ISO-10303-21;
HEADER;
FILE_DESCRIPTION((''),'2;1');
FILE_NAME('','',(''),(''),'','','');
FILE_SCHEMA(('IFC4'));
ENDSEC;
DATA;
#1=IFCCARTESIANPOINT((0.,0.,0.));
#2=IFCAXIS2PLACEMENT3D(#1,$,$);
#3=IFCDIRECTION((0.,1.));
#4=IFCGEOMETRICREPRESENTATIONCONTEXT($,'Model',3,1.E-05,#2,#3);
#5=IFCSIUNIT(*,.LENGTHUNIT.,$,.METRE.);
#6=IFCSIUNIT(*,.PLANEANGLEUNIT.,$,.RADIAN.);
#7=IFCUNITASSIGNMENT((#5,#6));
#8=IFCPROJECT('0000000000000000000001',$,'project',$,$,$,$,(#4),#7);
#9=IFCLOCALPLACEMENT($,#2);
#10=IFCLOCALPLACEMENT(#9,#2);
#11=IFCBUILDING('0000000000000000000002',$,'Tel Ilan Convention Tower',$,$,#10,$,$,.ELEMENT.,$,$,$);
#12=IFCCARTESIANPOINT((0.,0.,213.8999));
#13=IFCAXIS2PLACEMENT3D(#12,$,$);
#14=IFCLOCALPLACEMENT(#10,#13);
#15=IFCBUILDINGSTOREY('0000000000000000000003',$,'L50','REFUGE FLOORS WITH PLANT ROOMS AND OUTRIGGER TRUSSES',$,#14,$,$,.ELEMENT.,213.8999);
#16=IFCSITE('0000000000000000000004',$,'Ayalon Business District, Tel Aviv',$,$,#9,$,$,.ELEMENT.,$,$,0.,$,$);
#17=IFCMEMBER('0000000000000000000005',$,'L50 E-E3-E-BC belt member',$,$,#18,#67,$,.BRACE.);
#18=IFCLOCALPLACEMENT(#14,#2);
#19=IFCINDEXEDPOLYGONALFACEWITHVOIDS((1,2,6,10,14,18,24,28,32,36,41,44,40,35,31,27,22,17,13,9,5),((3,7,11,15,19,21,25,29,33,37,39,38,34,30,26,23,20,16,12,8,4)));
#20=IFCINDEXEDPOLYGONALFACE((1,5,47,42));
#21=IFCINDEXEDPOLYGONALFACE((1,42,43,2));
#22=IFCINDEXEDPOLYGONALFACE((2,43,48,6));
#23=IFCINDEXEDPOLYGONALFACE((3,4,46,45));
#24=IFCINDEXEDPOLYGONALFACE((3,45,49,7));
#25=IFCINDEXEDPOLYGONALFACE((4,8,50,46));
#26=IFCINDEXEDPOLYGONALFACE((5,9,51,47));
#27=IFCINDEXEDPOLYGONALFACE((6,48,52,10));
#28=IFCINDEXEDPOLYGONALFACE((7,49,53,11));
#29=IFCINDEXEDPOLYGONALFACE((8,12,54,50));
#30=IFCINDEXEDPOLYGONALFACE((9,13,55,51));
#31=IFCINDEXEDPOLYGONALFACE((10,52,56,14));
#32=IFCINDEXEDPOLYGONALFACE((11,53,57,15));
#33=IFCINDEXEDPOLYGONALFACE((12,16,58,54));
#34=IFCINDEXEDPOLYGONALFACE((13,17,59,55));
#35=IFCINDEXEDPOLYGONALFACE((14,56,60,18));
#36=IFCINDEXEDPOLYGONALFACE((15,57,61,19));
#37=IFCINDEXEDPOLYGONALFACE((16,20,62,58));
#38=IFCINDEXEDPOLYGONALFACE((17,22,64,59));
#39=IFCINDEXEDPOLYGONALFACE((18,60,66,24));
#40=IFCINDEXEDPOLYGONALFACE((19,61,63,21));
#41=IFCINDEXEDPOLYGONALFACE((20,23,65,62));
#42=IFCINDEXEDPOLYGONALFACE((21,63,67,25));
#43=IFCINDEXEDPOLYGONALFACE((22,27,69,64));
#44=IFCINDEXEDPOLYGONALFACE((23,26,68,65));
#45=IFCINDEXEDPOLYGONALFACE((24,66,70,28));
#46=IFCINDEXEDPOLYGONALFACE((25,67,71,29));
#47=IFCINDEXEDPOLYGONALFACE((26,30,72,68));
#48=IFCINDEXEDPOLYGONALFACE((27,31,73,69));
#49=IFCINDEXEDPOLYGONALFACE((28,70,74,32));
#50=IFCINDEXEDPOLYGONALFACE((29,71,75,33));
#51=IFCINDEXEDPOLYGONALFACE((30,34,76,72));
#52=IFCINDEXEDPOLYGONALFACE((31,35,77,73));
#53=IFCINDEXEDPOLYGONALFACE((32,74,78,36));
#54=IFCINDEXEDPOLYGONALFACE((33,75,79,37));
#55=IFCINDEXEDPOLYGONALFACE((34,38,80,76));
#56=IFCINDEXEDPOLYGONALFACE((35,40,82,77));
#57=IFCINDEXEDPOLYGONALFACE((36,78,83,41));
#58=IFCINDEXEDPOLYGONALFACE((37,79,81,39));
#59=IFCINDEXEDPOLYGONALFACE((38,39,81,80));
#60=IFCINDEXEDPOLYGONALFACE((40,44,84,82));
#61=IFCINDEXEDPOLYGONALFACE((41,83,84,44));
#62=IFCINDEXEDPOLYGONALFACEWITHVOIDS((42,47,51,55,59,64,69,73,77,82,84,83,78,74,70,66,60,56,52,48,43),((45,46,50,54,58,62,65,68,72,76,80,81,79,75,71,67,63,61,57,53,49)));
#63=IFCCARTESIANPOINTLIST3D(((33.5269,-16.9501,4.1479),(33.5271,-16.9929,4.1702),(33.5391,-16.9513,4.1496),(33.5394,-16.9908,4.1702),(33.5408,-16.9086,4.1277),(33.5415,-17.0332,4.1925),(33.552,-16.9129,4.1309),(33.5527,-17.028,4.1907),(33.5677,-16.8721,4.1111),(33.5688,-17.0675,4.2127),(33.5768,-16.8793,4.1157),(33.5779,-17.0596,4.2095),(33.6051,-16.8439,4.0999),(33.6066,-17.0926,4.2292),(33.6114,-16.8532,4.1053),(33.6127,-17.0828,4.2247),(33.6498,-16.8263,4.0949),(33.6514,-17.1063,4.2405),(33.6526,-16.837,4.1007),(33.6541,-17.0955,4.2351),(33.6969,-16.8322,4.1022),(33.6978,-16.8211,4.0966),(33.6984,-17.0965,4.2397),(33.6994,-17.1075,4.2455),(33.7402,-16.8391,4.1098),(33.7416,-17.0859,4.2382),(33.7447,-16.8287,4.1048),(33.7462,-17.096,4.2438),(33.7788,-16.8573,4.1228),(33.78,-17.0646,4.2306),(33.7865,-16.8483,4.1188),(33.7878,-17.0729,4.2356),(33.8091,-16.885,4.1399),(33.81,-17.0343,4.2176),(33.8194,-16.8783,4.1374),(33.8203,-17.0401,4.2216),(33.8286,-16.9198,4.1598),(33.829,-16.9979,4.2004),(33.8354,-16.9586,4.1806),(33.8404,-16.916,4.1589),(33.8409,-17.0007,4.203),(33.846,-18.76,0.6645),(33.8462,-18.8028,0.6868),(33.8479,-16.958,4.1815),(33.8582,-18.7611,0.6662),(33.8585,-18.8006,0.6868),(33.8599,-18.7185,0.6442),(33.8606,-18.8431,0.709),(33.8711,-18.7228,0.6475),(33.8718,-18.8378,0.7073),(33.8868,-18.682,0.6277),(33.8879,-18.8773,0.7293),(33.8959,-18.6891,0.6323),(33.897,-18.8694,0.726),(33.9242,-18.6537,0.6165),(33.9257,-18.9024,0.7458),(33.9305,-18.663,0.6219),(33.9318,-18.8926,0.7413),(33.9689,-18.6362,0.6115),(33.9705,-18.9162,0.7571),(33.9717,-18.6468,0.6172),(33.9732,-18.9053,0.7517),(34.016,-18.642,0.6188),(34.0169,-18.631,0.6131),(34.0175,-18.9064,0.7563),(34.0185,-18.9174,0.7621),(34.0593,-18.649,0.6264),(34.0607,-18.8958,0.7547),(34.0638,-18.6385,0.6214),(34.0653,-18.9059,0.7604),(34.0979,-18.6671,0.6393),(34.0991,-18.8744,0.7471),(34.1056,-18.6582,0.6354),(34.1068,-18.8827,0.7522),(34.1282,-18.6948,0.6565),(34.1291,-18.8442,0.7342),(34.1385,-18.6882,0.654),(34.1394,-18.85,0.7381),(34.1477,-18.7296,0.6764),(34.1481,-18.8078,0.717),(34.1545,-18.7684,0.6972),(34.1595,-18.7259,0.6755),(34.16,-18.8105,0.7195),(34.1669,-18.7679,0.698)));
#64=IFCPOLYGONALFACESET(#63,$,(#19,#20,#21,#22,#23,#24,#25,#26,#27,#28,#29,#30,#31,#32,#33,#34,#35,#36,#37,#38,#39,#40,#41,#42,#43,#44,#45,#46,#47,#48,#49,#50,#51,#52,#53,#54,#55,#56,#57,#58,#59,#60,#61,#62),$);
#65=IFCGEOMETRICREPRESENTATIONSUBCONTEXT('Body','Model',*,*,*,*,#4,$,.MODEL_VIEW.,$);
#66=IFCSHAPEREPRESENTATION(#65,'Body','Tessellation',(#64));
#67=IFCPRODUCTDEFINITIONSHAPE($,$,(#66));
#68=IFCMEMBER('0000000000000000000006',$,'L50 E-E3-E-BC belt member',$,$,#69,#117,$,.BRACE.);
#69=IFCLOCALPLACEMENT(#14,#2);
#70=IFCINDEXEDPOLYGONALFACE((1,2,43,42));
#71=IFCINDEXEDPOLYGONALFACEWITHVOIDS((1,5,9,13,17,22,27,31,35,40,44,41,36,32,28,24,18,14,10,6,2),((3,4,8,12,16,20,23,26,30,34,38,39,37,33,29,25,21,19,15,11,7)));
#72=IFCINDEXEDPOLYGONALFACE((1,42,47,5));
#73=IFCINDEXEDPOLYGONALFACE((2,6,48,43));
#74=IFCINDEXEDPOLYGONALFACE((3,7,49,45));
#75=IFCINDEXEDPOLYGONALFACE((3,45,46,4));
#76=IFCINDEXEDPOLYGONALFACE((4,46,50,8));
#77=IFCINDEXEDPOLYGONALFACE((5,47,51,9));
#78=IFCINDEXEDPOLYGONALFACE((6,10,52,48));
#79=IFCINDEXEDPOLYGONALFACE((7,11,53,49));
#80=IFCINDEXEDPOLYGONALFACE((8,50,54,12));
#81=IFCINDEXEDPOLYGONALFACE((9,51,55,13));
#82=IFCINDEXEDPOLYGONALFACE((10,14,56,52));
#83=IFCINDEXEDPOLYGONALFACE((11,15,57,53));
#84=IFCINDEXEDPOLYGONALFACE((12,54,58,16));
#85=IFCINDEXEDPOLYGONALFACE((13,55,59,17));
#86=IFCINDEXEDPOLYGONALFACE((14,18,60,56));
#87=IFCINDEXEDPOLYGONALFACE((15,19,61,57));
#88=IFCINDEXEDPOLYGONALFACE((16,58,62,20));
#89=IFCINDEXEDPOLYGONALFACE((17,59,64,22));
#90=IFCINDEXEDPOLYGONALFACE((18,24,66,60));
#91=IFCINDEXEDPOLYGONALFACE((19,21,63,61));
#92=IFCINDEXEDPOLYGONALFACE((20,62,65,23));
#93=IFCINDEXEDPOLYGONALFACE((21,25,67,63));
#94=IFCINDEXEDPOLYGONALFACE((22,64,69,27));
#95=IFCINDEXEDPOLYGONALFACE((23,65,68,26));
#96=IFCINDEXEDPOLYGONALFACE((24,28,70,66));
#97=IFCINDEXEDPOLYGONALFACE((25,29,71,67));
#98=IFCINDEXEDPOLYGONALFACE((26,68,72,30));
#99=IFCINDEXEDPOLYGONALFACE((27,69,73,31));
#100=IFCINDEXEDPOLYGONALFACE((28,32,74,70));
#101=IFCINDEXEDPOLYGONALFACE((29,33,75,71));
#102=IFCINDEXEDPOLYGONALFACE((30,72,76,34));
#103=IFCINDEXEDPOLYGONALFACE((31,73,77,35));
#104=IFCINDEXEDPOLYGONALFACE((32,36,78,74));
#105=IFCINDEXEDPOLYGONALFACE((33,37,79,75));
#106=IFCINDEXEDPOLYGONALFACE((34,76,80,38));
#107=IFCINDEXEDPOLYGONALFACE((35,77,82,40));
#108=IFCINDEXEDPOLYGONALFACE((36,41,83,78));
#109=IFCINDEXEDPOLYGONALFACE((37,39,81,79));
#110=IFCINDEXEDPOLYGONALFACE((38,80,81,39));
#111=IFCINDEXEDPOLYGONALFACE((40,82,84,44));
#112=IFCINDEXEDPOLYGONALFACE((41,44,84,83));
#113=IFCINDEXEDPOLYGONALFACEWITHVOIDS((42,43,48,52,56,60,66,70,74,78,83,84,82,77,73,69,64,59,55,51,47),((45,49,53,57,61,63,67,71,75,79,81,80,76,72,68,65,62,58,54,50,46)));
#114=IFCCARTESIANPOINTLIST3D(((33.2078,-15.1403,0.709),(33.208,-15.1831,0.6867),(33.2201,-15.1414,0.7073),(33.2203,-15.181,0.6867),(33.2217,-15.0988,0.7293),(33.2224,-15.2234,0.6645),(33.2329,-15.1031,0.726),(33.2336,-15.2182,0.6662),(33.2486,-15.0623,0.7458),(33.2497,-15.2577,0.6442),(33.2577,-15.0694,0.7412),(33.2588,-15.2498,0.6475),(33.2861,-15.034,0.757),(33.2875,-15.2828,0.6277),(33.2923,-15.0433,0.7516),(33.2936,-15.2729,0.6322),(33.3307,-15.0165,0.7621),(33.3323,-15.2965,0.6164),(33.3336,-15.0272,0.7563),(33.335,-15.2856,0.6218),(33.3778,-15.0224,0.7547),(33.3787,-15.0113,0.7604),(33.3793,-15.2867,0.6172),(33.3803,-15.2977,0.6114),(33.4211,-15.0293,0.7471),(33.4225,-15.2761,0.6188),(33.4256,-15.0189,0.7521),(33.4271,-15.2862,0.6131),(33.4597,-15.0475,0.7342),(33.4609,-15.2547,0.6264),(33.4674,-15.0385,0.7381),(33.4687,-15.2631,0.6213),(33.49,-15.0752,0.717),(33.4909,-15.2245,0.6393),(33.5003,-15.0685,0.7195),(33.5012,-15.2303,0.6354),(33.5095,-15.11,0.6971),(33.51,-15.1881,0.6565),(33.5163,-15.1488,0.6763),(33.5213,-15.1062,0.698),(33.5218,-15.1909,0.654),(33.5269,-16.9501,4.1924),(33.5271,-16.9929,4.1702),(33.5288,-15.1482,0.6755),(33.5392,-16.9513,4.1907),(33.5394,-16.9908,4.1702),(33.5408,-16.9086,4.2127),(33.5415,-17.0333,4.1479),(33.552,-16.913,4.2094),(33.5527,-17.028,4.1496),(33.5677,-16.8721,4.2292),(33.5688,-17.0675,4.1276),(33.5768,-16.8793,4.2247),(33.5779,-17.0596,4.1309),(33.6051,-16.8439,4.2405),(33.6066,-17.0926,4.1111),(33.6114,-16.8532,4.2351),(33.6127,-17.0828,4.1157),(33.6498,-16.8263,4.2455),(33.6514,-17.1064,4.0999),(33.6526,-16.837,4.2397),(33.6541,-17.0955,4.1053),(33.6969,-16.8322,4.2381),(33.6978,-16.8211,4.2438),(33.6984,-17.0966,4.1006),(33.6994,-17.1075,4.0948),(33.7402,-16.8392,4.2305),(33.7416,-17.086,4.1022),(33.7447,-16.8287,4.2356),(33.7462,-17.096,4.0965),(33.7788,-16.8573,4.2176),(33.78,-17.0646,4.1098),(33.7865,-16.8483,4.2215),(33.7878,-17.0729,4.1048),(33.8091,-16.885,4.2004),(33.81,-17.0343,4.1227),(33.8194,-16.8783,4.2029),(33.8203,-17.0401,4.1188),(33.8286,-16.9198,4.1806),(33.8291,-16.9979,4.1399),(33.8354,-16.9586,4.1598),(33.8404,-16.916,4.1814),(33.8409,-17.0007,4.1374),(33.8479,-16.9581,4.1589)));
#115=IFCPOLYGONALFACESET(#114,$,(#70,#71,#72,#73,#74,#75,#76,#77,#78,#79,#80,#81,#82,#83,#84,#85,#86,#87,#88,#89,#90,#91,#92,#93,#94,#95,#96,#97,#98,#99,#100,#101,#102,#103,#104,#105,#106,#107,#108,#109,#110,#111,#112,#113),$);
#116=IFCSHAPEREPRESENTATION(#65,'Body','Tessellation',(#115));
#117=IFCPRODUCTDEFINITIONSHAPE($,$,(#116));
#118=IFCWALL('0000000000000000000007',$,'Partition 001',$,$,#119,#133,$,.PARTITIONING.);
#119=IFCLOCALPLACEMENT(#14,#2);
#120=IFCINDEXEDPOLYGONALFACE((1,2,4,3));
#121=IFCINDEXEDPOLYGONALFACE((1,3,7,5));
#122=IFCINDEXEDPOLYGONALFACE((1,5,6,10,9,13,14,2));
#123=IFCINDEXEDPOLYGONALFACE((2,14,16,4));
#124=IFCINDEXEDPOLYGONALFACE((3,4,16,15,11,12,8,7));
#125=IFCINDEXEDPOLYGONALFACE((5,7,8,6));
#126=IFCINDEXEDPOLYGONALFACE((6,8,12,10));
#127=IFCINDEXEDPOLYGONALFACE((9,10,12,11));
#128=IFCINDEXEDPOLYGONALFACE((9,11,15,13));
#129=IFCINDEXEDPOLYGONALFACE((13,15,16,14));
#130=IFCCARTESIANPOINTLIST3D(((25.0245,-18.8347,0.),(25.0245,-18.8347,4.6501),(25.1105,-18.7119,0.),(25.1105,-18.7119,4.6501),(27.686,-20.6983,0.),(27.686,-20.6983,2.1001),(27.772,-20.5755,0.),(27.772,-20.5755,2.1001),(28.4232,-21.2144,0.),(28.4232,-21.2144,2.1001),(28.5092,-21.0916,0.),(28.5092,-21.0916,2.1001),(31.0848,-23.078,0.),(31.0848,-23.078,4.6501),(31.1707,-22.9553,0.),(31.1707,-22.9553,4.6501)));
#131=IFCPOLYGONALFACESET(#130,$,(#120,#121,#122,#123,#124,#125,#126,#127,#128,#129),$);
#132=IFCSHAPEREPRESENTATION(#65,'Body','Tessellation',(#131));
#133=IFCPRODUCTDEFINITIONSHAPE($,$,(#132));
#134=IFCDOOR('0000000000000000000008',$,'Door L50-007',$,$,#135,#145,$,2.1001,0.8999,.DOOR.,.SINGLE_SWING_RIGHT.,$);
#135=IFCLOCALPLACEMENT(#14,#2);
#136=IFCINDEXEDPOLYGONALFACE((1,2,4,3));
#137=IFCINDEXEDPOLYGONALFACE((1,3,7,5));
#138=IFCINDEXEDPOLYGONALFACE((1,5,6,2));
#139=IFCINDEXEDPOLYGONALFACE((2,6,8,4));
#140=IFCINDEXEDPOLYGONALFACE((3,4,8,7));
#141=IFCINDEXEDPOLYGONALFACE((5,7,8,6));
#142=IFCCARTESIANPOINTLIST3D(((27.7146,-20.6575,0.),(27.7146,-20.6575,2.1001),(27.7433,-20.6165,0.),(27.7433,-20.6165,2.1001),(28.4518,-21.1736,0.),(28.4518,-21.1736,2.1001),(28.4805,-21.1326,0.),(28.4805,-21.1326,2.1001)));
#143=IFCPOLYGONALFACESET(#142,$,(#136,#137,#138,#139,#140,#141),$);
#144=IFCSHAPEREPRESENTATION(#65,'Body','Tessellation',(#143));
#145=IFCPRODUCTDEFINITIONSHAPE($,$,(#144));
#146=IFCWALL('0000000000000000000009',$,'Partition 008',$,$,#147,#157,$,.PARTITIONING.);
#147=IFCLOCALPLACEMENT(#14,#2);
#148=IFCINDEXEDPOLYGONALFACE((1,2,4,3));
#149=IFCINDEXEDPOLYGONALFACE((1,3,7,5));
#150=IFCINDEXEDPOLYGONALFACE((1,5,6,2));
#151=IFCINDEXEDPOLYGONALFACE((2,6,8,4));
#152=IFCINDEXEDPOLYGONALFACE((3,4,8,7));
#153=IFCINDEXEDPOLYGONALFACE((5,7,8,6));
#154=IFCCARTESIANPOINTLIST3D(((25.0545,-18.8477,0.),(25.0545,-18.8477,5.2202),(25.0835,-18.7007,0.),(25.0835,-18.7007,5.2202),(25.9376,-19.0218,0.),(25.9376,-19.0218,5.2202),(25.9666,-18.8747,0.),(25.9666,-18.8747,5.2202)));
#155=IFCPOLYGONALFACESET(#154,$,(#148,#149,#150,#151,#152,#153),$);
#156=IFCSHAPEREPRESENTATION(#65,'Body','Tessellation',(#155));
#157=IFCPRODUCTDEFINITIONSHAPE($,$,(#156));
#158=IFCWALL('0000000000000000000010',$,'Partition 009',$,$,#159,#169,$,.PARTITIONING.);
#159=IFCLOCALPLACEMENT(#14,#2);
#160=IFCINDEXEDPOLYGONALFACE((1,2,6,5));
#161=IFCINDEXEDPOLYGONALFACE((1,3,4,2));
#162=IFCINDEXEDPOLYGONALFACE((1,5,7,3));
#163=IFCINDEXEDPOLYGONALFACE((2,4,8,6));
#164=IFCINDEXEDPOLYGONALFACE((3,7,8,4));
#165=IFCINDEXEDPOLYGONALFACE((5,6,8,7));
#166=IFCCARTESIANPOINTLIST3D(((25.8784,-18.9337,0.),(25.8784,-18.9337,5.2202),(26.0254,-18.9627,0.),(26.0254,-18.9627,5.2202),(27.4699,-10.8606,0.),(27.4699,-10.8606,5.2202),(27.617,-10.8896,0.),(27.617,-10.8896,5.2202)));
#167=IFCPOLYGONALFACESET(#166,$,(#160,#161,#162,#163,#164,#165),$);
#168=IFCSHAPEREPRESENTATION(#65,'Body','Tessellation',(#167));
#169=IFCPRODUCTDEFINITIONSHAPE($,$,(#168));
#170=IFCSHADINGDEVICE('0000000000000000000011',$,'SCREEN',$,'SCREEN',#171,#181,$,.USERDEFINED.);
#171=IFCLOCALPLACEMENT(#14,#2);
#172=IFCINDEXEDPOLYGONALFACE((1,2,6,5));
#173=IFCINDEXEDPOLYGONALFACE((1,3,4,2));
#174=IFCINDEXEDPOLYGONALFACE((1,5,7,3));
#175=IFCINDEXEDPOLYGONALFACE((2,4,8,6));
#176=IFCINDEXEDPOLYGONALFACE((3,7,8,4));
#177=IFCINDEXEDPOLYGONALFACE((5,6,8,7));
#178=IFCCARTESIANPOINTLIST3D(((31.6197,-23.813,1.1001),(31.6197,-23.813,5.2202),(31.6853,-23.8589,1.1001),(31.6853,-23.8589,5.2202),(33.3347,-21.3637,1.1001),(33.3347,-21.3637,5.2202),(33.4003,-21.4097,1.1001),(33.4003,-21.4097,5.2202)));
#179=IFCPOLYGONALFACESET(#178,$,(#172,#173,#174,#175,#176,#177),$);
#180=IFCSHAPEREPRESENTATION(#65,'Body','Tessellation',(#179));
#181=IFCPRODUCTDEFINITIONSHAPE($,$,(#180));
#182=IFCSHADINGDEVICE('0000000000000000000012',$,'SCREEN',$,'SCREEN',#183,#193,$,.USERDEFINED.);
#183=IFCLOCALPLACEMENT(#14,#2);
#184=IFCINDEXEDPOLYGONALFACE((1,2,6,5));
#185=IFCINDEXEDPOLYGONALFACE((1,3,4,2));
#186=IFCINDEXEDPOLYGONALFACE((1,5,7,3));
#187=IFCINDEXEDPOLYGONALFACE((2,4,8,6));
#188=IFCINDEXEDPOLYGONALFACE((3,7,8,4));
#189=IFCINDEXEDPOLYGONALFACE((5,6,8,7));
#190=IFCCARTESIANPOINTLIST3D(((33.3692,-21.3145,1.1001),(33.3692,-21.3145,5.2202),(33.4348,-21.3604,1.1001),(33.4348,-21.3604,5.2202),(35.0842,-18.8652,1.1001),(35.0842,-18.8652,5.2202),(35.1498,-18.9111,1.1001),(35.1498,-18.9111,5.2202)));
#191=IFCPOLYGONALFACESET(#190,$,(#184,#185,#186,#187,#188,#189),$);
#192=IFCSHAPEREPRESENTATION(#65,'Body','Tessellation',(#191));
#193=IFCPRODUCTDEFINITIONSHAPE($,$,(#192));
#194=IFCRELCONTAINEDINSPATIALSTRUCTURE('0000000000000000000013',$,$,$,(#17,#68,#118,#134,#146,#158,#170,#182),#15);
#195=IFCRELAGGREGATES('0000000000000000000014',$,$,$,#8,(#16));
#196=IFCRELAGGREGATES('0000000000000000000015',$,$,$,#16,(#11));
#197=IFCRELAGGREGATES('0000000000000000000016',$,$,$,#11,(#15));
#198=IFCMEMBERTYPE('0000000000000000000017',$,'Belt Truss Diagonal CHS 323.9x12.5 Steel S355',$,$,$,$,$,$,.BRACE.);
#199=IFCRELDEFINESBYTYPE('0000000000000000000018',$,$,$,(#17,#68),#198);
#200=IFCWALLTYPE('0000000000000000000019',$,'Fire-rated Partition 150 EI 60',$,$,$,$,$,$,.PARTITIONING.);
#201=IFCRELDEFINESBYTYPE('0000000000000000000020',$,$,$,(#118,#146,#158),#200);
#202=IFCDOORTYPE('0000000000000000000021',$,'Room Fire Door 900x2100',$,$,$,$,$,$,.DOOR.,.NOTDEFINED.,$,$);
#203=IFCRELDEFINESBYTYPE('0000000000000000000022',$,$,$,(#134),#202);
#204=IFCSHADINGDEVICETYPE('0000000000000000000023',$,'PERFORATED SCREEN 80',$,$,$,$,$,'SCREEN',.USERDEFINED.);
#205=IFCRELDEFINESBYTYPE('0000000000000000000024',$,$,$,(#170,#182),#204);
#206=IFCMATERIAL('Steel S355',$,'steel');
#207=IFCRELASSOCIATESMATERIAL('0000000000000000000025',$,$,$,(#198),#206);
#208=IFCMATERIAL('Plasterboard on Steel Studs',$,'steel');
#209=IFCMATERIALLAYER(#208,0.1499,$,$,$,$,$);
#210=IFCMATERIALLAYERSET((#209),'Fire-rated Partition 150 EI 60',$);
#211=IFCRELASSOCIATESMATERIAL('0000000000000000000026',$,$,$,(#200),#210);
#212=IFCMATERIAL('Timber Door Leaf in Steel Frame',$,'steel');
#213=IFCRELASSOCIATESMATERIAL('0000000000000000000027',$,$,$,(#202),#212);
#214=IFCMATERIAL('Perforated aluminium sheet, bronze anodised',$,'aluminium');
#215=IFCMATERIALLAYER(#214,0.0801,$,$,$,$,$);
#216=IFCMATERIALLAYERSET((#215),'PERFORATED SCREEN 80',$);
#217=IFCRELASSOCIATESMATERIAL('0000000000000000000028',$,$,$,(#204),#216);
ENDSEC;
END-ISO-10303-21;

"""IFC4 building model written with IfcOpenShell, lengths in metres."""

from ifc_helpers import new_model, si_unit, direction, frame, frame_2d, origin, origin_2d, place, context, subcontext, project, spatial, rectangle, hollow_circle, extrude, material, layer, layer_set, material_profile, profile_set, type_object, element, fill, save


model = new_model("IFC4")

# Units and contexts
model_context = context("Model", 3, precision=1e-05, world=origin(), true_north=direction((0.0, 1.0)))
body_context = subcontext(model_context, "Body", "Model", "MODEL_VIEW")
ifc_project = project(units=[si_unit("LENGTHUNIT", "METRE"), si_unit("PLANEANGLEUNIT", "RADIAN")], contexts=[model_context])

# Site, building, storey
site_placement = place(None, origin())
site = spatial("IfcSite", under=ifc_project, at=site_placement, Name="Ayalon Business District, Tel Aviv", CompositionType="ELEMENT", RefElevation=0.0)
building_placement = place(site_placement, origin())
building = spatial("IfcBuilding", under=site, at=building_placement, Name="Tel Ilan Convention Tower", CompositionType="ELEMENT")
storey_placement = place(building_placement, frame((0.0, 0.0, 213.8999)))
storey = spatial("IfcBuildingStorey", under=building, at=storey_placement, Name="L50", Description="REFUGE FLOORS WITH PLANT ROOMS AND OUTRIGGER TRUSSES", CompositionType="ELEMENT", Elevation=213.8999)

# Members
ifc_material_1 = material(Name="Steel S355", Category="steel")
ifc_material_profile_1 = material_profile(ifc_material_1, hollow_circle(Radius=0.1619, WallThickness=0.0125, at=origin_2d()), Name="CHS 323.9x12.5")
ifc_profile_set_1 = profile_set([ifc_material_profile_1], Name="Steel S355")
member_type_1 = type_object("IfcMemberType", Name="Belt Truss Diagonal CHS 323.9x12.5 Steel S355", PredefinedType="BRACE", material=ifc_profile_set_1)
for number, where, z_axis, x_axis, name in (
    (1, (34.0056, -18.7747, 0.6868), (-0.08102, 0.459526, 0.884461), (-0.98481, -0.173634, 0.0), "L50 E-E3-E-BC belt member"),
    (2, (33.6865, -16.9648, 4.1702), (-0.08102, 0.459526, -0.884461), (-0.98481, -0.173634, 0.0), "L50 E-E3-E-BC belt member"),
):
    element("IfcMember", number, at=place(storey_placement, frame(where, z_axis=z_axis, x_axis=x_axis)), inside=storey, type_object=member_type_1, Name=name, PredefinedType="BRACE", context=body_context, shape_type="SweptSolid", body=[
        extrude(hollow_circle(Radius=0.1619, WallThickness=0.0125, at=origin_2d()), origin(), (0.0, 0.0, 1.0), 3.9385),
    ])

# Wall, opening, door
ifc_material_2 = material(Name="Plasterboard on Steel Studs", Category="steel")
ifc_layer_1 = layer(ifc_material_2, 0.1499)
ifc_layer_set_1 = layer_set([ifc_layer_1], Name="Fire-rated Partition 150 EI 60")
wall_type = type_object("IfcWallType", Name="Fire-rated Partition 150 EI 60", PredefinedType="PARTITIONING", material=ifc_layer_set_1)
wall_1_placement = place(storey_placement, frame((25.0674, -18.7732, 0.0), z_axis=(0.0, 0.0, 1.0), x_axis=(0.819156, -0.573571, 0.0)))
wall_1 = element("IfcWall", 3, at=wall_1_placement, inside=storey, type_object=wall_type, Name="Partition 001", PredefinedType="PARTITIONING", context=body_context, shape_type="SweptSolid", body=[
    extrude(rectangle(XDim=7.3982, YDim=0.1499, at=frame_2d((3.6992, 0.0))), origin(), (0.0, 0.0, 1.0), 4.6501),
])
opening_placement = place(wall_1_placement, frame((3.2493, 0.0, 0.0)))
opening = element("IfcOpeningElement", 4, at=opening_placement, cuts=wall_1, PredefinedType="OPENING", context=body_context, shape_type="SweptSolid", body=[
    extrude(rectangle(XDim=0.8999, YDim=2.1001, at=frame_2d((0.45, 1.05))), frame((0.0, 0.085, 0.0), z_axis=(0.0, -1.0, 0.0), x_axis=(1.0, 0.0, 0.0)), (0.0, 0.0, 1.0), 0.1699),
])
ifc_material_3 = material(Name="Timber Door Leaf in Steel Frame", Category="steel")
door_type = type_object("IfcDoorType", Name="Room Fire Door 900x2100", OperationType="NOTDEFINED", PredefinedType="DOOR", material=ifc_material_3)
door_placement = place(opening_placement, origin())
door = element("IfcDoor", 5, at=door_placement, inside=storey, type_object=door_type, Name="Door L50-007", OperationType="SINGLE_SWING_RIGHT", OverallHeight=2.1001, OverallWidth=0.8999, PredefinedType="DOOR", context=body_context, shape_type="SweptSolid", body=[
    extrude(rectangle(XDim=0.8999, YDim=2.1001, at=frame_2d((0.45, 1.05))), frame((0.0, 0.0249, 0.0), z_axis=(0.0, -1.0, 0.0), x_axis=(1.0, 0.0, 0.0)), (0.0, 0.0, 1.0), 0.05),
])
fill(opening, door)

# Walls
wall_2_placement = place(storey_placement, frame((25.0688, -18.7742, 0.0), z_axis=(0.0, 0.0, 1.0), x_axis=(0.981119, -0.193403, 0.0)))
element("IfcWall", 6, at=wall_2_placement, inside=storey, type_object=wall_type, Name="Partition 008", PredefinedType="PARTITIONING", context=body_context, shape_type="SweptSolid", body=[
    extrude(rectangle(XDim=0.9001, YDim=0.1499, at=frame_2d((0.4502, 0.0))), origin(), (0.0, 0.0, 1.0), 5.2202),
])
wall_3_placement = place(storey_placement, frame((25.9519, -18.9482, 0.0), z_axis=(0.0, 0.0, 1.0), x_axis=(0.193417, 0.981117, 0.0)))
element("IfcWall", 7, at=wall_3_placement, inside=storey, type_object=wall_type, Name="Partition 009", PredefinedType="PARTITIONING", context=body_context, shape_type="SweptSolid", body=[
    extrude(rectangle(XDim=8.2285, YDim=0.1499, at=frame_2d((4.1143, 0.0))), origin(), (0.0, 0.0, 1.0), 5.2202),
])

# Shading devices
ifc_material_4 = material(Name="Perforated aluminium sheet, bronze anodised", Category="aluminium")
ifc_layer_2 = layer(ifc_material_4, 0.0801)
ifc_layer_set_2 = layer_set([ifc_layer_2], Name="PERFORATED SCREEN 80")
shading_device_type_1 = type_object("IfcShadingDeviceType", Name="PERFORATED SCREEN 80", ElementType="SCREEN", PredefinedType="USERDEFINED", material=ifc_layer_set_2)
for number, where, z_axis, x_axis, name in (
    (8, (32.51, -22.6113, 1.1001), (0.0, 0.0, 1.0), (0.573576, 0.819152, 0.0), "SCREEN"),
    (9, (34.2595, -20.1128, 1.1001), (0.0, 0.0, 1.0), (0.573576, 0.819152, 0.0), "SCREEN"),
):
    element("IfcShadingDevice", number, at=place(storey_placement, frame(where, z_axis=z_axis, x_axis=x_axis)), inside=storey, type_object=shading_device_type_1, Name=name, ObjectType="SCREEN", PredefinedType="USERDEFINED", context=body_context, shape_type="SweptSolid", body=[
        extrude(rectangle(XDim=2.99, YDim=0.0801, at=origin_2d()), origin(), (0.0, 0.0, 1.0), 4.1201),
    ])

save(model, "model.ifc")
